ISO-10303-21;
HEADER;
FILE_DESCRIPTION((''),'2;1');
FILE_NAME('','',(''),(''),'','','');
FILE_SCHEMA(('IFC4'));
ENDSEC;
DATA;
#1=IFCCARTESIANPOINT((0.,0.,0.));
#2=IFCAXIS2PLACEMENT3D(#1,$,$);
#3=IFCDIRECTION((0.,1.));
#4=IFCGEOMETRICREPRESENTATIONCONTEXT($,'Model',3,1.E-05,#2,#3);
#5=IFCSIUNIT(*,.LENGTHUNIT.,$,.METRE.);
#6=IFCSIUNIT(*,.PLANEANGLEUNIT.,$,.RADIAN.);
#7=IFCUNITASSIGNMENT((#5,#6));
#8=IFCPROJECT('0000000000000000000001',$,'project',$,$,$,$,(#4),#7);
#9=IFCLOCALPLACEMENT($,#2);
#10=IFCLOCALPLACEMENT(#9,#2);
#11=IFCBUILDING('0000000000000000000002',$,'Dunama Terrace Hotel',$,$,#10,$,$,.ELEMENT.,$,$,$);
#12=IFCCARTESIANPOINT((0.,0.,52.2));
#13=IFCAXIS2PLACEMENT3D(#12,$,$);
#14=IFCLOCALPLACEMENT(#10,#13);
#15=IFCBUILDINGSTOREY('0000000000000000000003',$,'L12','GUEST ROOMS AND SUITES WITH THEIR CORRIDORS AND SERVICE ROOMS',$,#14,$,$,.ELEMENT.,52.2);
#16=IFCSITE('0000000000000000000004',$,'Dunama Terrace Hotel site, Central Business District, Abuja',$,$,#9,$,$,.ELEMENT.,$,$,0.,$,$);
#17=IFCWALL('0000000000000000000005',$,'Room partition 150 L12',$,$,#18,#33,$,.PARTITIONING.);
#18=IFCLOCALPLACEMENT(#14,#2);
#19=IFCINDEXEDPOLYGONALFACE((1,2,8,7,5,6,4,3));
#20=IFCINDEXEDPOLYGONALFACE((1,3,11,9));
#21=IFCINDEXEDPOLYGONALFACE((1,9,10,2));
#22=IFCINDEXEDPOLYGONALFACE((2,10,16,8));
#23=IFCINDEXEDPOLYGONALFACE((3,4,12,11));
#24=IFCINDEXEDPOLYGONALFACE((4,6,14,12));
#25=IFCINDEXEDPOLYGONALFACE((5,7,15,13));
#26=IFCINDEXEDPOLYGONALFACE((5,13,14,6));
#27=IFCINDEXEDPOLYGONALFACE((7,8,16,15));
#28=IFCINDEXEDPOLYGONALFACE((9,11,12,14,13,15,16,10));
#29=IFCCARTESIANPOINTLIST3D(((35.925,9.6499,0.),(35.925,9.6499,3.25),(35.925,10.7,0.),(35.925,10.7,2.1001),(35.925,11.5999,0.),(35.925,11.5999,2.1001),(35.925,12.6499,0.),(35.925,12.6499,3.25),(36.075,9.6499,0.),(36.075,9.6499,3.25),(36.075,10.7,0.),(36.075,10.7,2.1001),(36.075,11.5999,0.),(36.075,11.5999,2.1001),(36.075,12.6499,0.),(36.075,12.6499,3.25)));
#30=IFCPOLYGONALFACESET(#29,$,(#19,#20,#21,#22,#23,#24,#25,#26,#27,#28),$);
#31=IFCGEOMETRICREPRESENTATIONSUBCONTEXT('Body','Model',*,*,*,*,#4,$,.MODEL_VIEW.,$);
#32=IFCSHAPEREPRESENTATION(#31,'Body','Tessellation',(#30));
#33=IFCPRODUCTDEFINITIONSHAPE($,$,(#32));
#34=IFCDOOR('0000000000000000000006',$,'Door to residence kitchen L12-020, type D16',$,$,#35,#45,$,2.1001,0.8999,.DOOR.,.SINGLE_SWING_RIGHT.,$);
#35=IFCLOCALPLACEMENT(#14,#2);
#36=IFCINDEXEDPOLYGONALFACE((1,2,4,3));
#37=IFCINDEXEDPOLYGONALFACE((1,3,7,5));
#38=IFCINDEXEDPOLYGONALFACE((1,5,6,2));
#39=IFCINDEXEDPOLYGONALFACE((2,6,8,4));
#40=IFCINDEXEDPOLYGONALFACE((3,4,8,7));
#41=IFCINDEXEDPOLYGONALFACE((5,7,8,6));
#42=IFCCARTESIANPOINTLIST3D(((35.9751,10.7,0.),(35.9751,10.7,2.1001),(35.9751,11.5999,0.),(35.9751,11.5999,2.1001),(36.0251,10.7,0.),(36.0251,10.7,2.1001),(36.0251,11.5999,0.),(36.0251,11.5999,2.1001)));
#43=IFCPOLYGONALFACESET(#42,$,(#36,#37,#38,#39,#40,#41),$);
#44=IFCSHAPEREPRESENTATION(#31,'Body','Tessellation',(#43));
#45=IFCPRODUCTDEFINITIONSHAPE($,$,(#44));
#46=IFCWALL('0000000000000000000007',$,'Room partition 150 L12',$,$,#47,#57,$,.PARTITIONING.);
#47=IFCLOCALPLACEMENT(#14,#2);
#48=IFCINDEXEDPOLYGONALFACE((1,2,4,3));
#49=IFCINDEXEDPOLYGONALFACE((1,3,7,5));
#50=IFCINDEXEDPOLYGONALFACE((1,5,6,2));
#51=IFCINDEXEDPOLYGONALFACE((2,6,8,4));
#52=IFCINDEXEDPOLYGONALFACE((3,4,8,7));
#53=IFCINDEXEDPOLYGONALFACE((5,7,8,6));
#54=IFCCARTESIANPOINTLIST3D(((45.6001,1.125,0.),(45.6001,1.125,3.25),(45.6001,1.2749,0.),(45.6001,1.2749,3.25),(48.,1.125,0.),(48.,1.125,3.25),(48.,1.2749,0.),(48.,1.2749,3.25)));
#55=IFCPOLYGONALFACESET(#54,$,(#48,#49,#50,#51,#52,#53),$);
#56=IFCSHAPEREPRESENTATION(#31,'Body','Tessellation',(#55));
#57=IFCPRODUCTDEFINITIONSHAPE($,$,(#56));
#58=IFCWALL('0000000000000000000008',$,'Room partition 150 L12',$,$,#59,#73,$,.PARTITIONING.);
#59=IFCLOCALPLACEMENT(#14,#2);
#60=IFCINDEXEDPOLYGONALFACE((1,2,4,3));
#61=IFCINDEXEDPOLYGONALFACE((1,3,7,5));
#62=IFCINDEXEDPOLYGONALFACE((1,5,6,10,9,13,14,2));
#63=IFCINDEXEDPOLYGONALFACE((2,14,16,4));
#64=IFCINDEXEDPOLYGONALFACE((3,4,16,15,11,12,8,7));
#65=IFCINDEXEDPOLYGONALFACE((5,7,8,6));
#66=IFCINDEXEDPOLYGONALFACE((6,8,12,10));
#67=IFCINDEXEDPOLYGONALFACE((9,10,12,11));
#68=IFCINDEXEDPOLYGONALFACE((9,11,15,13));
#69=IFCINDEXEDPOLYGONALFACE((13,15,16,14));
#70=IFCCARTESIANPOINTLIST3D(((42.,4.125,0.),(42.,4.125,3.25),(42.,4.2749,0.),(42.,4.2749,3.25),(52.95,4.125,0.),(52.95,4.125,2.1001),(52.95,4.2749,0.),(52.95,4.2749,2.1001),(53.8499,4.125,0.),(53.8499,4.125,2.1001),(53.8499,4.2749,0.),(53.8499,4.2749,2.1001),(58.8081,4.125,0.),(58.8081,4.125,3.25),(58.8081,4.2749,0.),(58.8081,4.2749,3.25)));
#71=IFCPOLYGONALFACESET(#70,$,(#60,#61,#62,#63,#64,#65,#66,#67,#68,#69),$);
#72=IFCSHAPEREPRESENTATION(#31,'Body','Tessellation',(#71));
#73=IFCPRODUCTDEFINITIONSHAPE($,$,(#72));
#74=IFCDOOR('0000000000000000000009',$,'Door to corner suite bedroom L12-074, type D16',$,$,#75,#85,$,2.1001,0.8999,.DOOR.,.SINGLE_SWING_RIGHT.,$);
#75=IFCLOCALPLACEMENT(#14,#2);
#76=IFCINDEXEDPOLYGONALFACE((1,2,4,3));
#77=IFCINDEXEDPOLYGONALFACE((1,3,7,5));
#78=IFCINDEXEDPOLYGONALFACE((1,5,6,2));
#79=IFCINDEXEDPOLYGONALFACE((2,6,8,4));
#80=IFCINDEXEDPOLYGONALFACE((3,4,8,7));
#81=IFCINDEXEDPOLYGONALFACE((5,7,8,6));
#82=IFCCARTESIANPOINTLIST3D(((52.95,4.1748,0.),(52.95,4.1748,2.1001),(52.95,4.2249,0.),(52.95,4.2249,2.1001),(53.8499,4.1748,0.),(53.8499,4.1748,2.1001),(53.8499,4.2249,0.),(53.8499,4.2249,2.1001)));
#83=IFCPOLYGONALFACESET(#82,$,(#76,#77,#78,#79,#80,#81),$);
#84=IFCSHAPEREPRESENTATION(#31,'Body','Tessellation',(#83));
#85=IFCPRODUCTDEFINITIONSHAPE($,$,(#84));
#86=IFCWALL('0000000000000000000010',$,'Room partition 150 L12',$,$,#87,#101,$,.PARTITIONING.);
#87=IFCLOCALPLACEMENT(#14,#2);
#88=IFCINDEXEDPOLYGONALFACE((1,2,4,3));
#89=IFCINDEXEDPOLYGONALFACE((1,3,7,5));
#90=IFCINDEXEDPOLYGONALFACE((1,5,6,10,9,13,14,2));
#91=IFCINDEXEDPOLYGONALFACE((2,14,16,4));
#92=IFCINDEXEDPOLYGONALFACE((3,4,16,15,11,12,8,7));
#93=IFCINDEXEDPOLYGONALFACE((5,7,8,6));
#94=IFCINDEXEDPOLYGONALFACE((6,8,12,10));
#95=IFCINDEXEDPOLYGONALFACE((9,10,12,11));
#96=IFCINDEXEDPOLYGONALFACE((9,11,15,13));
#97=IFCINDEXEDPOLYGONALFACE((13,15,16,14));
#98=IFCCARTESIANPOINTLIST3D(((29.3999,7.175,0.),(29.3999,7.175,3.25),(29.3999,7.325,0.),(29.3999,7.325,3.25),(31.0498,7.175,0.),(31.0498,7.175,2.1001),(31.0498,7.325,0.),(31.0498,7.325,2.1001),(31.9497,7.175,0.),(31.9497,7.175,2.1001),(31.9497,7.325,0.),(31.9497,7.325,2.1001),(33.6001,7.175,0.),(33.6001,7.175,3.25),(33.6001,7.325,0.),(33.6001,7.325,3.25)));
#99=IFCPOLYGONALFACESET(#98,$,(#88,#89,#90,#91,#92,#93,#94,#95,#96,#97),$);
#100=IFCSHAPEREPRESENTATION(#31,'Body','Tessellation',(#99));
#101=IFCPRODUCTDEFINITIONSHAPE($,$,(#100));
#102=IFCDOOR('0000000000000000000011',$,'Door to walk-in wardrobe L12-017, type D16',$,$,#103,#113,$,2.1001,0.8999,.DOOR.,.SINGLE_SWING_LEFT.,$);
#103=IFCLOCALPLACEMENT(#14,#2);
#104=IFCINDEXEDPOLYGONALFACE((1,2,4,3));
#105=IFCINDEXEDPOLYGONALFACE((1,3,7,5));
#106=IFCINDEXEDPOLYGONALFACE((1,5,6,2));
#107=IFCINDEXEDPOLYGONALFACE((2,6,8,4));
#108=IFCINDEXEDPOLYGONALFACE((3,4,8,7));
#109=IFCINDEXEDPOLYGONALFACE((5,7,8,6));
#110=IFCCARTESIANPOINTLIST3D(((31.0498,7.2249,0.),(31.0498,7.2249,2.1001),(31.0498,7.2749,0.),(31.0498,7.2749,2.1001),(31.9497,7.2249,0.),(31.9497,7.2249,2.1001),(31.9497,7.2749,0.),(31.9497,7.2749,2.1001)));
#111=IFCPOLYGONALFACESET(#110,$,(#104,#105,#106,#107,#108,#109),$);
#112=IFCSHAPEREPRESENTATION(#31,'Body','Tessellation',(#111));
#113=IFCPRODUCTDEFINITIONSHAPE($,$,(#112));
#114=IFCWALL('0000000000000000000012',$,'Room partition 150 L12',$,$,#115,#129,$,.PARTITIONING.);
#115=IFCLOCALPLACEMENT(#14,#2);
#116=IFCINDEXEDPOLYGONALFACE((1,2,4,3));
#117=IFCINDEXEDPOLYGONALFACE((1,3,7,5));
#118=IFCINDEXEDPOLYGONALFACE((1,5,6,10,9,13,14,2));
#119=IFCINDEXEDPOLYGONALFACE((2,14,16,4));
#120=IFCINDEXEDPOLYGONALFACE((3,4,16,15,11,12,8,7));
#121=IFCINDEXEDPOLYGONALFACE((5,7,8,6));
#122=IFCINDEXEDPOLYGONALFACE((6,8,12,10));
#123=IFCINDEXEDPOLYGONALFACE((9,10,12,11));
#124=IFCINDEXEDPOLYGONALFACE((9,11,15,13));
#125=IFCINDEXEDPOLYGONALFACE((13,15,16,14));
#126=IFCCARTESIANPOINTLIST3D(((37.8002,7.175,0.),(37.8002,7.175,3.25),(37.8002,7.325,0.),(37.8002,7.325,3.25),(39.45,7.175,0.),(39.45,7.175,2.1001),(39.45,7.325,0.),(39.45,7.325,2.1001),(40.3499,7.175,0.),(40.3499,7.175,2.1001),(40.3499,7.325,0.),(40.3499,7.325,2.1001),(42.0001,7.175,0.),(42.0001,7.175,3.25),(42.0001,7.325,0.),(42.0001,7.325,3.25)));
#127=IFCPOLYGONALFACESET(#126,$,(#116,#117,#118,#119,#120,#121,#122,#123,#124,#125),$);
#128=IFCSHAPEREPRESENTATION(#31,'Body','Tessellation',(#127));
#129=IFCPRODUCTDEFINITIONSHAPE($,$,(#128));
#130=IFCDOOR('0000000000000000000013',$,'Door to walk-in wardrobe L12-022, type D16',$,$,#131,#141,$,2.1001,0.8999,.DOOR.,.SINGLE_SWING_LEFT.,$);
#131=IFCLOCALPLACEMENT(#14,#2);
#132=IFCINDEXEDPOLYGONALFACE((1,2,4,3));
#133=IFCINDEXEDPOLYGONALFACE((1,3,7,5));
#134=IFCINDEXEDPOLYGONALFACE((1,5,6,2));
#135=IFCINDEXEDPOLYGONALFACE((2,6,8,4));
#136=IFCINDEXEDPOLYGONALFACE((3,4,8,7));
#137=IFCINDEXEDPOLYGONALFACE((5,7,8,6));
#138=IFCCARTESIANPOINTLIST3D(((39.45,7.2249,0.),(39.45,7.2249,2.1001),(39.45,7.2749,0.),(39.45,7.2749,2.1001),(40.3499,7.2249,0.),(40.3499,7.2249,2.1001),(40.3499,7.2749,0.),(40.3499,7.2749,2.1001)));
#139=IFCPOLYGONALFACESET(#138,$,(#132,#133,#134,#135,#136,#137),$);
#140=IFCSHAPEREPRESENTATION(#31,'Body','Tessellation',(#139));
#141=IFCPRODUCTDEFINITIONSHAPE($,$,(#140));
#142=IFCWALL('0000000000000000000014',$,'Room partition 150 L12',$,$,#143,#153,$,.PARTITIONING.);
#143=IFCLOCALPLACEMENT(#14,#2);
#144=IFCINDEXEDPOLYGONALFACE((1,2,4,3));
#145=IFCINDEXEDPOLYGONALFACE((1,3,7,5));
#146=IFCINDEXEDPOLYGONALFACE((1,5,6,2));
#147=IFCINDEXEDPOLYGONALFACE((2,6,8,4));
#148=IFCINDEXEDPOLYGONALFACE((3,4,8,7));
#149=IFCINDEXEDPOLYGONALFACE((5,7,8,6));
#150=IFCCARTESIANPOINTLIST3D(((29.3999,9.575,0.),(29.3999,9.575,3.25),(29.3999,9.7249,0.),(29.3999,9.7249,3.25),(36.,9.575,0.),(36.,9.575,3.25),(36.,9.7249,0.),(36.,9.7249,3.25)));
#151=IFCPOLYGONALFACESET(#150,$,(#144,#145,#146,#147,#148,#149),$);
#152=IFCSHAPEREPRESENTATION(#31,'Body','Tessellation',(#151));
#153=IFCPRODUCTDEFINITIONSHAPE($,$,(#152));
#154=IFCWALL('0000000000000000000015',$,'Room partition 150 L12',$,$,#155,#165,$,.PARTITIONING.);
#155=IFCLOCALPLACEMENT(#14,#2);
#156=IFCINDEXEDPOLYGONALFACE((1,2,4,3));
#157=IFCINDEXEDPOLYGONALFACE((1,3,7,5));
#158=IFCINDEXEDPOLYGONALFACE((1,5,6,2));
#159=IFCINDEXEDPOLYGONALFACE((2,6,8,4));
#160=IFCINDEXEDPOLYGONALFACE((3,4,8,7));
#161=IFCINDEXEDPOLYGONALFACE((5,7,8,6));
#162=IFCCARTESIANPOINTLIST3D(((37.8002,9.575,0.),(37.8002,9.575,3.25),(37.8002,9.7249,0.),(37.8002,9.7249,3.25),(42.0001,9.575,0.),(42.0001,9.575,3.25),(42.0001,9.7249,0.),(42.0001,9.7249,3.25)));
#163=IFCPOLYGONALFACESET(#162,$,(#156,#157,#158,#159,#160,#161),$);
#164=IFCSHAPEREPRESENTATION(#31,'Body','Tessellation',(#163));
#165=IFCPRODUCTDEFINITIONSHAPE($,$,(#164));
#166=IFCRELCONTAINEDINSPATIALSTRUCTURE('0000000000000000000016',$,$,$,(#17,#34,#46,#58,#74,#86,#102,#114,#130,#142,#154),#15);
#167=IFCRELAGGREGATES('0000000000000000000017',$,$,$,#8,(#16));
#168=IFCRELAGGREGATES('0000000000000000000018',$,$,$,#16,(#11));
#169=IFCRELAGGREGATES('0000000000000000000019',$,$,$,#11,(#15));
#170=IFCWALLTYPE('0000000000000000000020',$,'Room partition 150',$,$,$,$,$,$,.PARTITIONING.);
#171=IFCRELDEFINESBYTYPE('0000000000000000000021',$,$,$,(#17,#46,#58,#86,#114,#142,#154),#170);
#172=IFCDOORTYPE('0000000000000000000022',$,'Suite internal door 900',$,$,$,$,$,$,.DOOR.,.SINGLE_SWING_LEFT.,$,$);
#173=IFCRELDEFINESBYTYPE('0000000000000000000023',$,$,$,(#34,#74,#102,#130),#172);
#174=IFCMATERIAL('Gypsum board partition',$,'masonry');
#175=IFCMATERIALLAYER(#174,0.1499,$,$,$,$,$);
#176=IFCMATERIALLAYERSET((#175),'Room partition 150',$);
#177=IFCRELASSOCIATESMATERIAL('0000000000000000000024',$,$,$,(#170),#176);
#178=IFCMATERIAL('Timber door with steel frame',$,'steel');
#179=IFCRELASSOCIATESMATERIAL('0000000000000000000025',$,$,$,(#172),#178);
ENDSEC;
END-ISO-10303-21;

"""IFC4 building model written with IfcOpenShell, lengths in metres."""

from ifc_helpers import new_model, si_unit, direction, frame, frame_2d, origin, place, context, subcontext, project, spatial, rectangle, extrude, material, layer, layer_set, type_object, element, fill, save


model = new_model("IFC4")

# Units and contexts
model_context = context("Model", 3, precision=1e-05, world=origin(), true_north=direction((0.0, 1.0)))
body_context = subcontext(model_context, "Body", "Model", "MODEL_VIEW")
ifc_project = project(units=[si_unit("LENGTHUNIT", "METRE"), si_unit("PLANEANGLEUNIT", "RADIAN")], contexts=[model_context])

# Site, building, storey
site_placement = place(None, origin())
site = spatial("IfcSite", under=ifc_project, at=site_placement, Name="Dunama Terrace Hotel site, Central Business District, Abuja", CompositionType="ELEMENT", RefElevation=0.0)
building_placement = place(site_placement, origin())
building = spatial("IfcBuilding", under=site, at=building_placement, Name="Dunama Terrace Hotel", CompositionType="ELEMENT")
storey_placement = place(building_placement, frame((0.0, 0.0, 52.2)))
storey = spatial("IfcBuildingStorey", under=building, at=storey_placement, Name="L12", Description="GUEST ROOMS AND SUITES WITH THEIR CORRIDORS AND SERVICE ROOMS", CompositionType="ELEMENT", Elevation=52.2)

# Wall, opening, door
ifc_material_1 = material(Name="Gypsum board partition", Category="masonry")
ifc_layer_1 = layer(ifc_material_1, 0.1499)
ifc_layer_set_1 = layer_set([ifc_layer_1], Name="Room partition 150")
wall_type_1 = type_object("IfcWallType", Name="Room partition 150", PredefinedType="PARTITIONING", material=ifc_layer_set_1)
ifc_material_2 = material(Name="Timber door with steel frame", Category="steel")
door_type_1 = type_object("IfcDoorType", Name="Suite internal door 900", OperationType="SINGLE_SWING_LEFT", PredefinedType="DOOR", material=ifc_material_2)
wall_1_placement = place(storey_placement, frame((36.0, 9.6499, 0.0), z_axis=(0.0, 0.0, 1.0), x_axis=(0.0, 1.0, 0.0)))
wall_1 = element("IfcWall", 1, at=wall_1_placement, inside=storey, type_object=wall_type_1, Name="Room partition 150 L12", PredefinedType="PARTITIONING", context=body_context, shape_type="SweptSolid", body=[
    extrude(rectangle(XDim=3.0, YDim=0.1499, at=frame_2d((1.5, 0.0))), origin(), (0.0, 0.0, 1.0), 3.25),
])
opening_1_placement = place(wall_1_placement, frame((1.05, 0.0, 0.0)))
opening_1 = element("IfcOpeningElement", 2, at=opening_1_placement, cuts=wall_1, PredefinedType="OPENING", context=body_context, shape_type="SweptSolid", body=[
    extrude(rectangle(XDim=0.8999, YDim=2.1001, at=frame_2d((0.45, 1.05))), frame((0.0, 0.085, 0.0), z_axis=(0.0, -1.0, 0.0), x_axis=(1.0, 0.0, 0.0)), (0.0, 0.0, 1.0), 0.1699),
])
door_1_placement = place(opening_1_placement, origin())
door_1 = element("IfcDoor", 3, at=door_1_placement, inside=storey, type_object=door_type_1, Name="Door to residence kitchen L12-020, type D16", OperationType="SINGLE_SWING_RIGHT", OverallHeight=2.1001, OverallWidth=0.8999, PredefinedType="DOOR", context=body_context, shape_type="SweptSolid", body=[
    extrude(rectangle(XDim=0.8999, YDim=2.1001, at=frame_2d((0.45, 1.05))), frame((0.0, 0.0249, 0.0), z_axis=(0.0, -1.0, 0.0), x_axis=(1.0, 0.0, 0.0)), (0.0, 0.0, 1.0), 0.05),
])
fill(opening_1, door_1)

# Wall
wall_2_placement = place(storey_placement, frame((45.6001, 1.2, 0.0), z_axis=(0.0, 0.0, 1.0), x_axis=(1.0, 0.0, 0.0)))
element("IfcWall", 4, at=wall_2_placement, inside=storey, type_object=wall_type_1, Name="Room partition 150 L12", PredefinedType="PARTITIONING", context=body_context, shape_type="SweptSolid", body=[
    extrude(rectangle(XDim=2.3999, YDim=0.1499, at=frame_2d((1.2, 0.0))), origin(), (0.0, 0.0, 1.0), 3.25),
])

# Walls, openings, doors
wall_3_placement = place(storey_placement, frame((42.0, 4.2, 0.0), z_axis=(0.0, 0.0, 1.0), x_axis=(1.0, 0.0, 0.0)))
wall_3 = element("IfcWall", 5, at=wall_3_placement, inside=storey, type_object=wall_type_1, Name="Room partition 150 L12", PredefinedType="PARTITIONING", context=body_context, shape_type="SweptSolid", body=[
    extrude(rectangle(XDim=16.8081, YDim=0.1499, at=frame_2d((8.4041, 0.0))), origin(), (0.0, 0.0, 1.0), 3.25),
])
opening_2_placement = place(wall_3_placement, frame((10.95, 0.0, 0.0)))
opening_2 = element("IfcOpeningElement", 6, at=opening_2_placement, cuts=wall_3, PredefinedType="OPENING", context=body_context, shape_type="SweptSolid", body=[
    extrude(rectangle(XDim=0.8999, YDim=2.1001, at=frame_2d((0.45, 1.05))), frame((0.0, 0.085, 0.0), z_axis=(0.0, -1.0, 0.0), x_axis=(1.0, 0.0, 0.0)), (0.0, 0.0, 1.0), 0.1699),
])
door_2_placement = place(opening_2_placement, frame((0.8999, 0.0, 0.0), z_axis=(0.0, 0.0, 1.0), x_axis=(-1.0, 0.0, 0.0)))
door_2 = element("IfcDoor", 7, at=door_2_placement, inside=storey, type_object=door_type_1, Name="Door to corner suite bedroom L12-074, type D16", OperationType="SINGLE_SWING_RIGHT", OverallHeight=2.1001, OverallWidth=0.8999, PredefinedType="DOOR", context=body_context, shape_type="SweptSolid", body=[
    extrude(rectangle(XDim=0.8999, YDim=2.1001, at=frame_2d((0.45, 1.05))), frame((0.0, 0.0251, 0.0), z_axis=(0.0, -1.0, 0.0), x_axis=(1.0, 0.0, 0.0)), (0.0, 0.0, 1.0), 0.05),
])
fill(opening_2, door_2)
wall_4_placement = place(storey_placement, frame((29.3999, 7.25, 0.0), z_axis=(0.0, 0.0, 1.0), x_axis=(1.0, 0.0, 0.0)))
wall_4 = element("IfcWall", 8, at=wall_4_placement, inside=storey, type_object=wall_type_1, Name="Room partition 150 L12", PredefinedType="PARTITIONING", context=body_context, shape_type="SweptSolid", body=[
    extrude(rectangle(XDim=4.2002, YDim=0.1499, at=frame_2d((2.1001, 0.0))), origin(), (0.0, 0.0, 1.0), 3.25),
])
opening_3_placement = place(wall_4_placement, frame((1.6499, 0.0, 0.0)))
opening_3 = element("IfcOpeningElement", 9, at=opening_3_placement, cuts=wall_4, PredefinedType="OPENING", context=body_context, shape_type="SweptSolid", body=[
    extrude(rectangle(XDim=0.8999, YDim=2.1001, at=frame_2d((0.45, 1.05))), frame((0.0, 0.085, 0.0), z_axis=(0.0, -1.0, 0.0), x_axis=(1.0, 0.0, 0.0)), (0.0, 0.0, 1.0), 0.1699),
])
door_3_placement = place(opening_3_placement, origin())
door_3 = element("IfcDoor", 10, at=door_3_placement, inside=storey, type_object=door_type_1, Name="Door to walk-in wardrobe L12-017, type D16", OperationType="SINGLE_SWING_LEFT", OverallHeight=2.1001, OverallWidth=0.8999, PredefinedType="DOOR", context=body_context, shape_type="SweptSolid", body=[
    extrude(rectangle(XDim=0.8999, YDim=2.1001, at=frame_2d((0.45, 1.05))), frame((0.0, 0.0249, 0.0), z_axis=(0.0, -1.0, 0.0), x_axis=(1.0, 0.0, 0.0)), (0.0, 0.0, 1.0), 0.05),
])
fill(opening_3, door_3)
wall_5_placement = place(storey_placement, frame((37.8, 7.25, 0.0), z_axis=(0.0, 0.0, 1.0), x_axis=(1.0, 0.0, 0.0)))
wall_5 = element("IfcWall", 11, at=wall_5_placement, inside=storey, type_object=wall_type_1, Name="Room partition 150 L12", PredefinedType="PARTITIONING", context=body_context, shape_type="SweptSolid", body=[
    extrude(rectangle(XDim=4.2, YDim=0.1499, at=frame_2d((2.1001, 0.0))), origin(), (0.0, 0.0, 1.0), 3.25),
])
opening_4_placement = place(wall_5_placement, frame((1.6499, 0.0, 0.0)))
opening_4 = element("IfcOpeningElement", 12, at=opening_4_placement, cuts=wall_5, PredefinedType="OPENING", context=body_context, shape_type="SweptSolid", body=[
    extrude(rectangle(XDim=0.8999, YDim=2.1001, at=frame_2d((0.45, 1.05))), frame((0.0, 0.085, 0.0), z_axis=(0.0, -1.0, 0.0), x_axis=(1.0, 0.0, 0.0)), (0.0, 0.0, 1.0), 0.1699),
])
door_4_placement = place(opening_4_placement, origin())
door_4 = element("IfcDoor", 13, at=door_4_placement, inside=storey, type_object=door_type_1, Name="Door to walk-in wardrobe L12-022, type D16", OperationType="SINGLE_SWING_LEFT", OverallHeight=2.1001, OverallWidth=0.8999, PredefinedType="DOOR", context=body_context, shape_type="SweptSolid", body=[
    extrude(rectangle(XDim=0.8999, YDim=2.1001, at=frame_2d((0.45, 1.05))), frame((0.0, 0.0249, 0.0), z_axis=(0.0, -1.0, 0.0), x_axis=(1.0, 0.0, 0.0)), (0.0, 0.0, 1.0), 0.05),
])
fill(opening_4, door_4)

# Walls
wall_6_placement = place(storey_placement, frame((29.3999, 9.6499, 0.0), z_axis=(0.0, 0.0, 1.0), x_axis=(1.0, 0.0, 0.0)))
element("IfcWall", 14, at=wall_6_placement, inside=storey, type_object=wall_type_1, Name="Room partition 150 L12", PredefinedType="PARTITIONING", context=body_context, shape_type="SweptSolid", body=[
    extrude(rectangle(XDim=6.6001, YDim=0.1499, at=frame_2d((3.3, 0.0))), origin(), (0.0, 0.0, 1.0), 3.25),
])
wall_7_placement = place(storey_placement, frame((37.8, 9.6499, 0.0), z_axis=(0.0, 0.0, 1.0), x_axis=(1.0, 0.0, 0.0)))
element("IfcWall", 15, at=wall_7_placement, inside=storey, type_object=wall_type_1, Name="Room partition 150 L12", PredefinedType="PARTITIONING", context=body_context, shape_type="SweptSolid", body=[
    extrude(rectangle(XDim=4.2, YDim=0.1499, at=frame_2d((2.1001, 0.0))), origin(), (0.0, 0.0, 1.0), 3.25),
])

save(model, "model.ifc")
